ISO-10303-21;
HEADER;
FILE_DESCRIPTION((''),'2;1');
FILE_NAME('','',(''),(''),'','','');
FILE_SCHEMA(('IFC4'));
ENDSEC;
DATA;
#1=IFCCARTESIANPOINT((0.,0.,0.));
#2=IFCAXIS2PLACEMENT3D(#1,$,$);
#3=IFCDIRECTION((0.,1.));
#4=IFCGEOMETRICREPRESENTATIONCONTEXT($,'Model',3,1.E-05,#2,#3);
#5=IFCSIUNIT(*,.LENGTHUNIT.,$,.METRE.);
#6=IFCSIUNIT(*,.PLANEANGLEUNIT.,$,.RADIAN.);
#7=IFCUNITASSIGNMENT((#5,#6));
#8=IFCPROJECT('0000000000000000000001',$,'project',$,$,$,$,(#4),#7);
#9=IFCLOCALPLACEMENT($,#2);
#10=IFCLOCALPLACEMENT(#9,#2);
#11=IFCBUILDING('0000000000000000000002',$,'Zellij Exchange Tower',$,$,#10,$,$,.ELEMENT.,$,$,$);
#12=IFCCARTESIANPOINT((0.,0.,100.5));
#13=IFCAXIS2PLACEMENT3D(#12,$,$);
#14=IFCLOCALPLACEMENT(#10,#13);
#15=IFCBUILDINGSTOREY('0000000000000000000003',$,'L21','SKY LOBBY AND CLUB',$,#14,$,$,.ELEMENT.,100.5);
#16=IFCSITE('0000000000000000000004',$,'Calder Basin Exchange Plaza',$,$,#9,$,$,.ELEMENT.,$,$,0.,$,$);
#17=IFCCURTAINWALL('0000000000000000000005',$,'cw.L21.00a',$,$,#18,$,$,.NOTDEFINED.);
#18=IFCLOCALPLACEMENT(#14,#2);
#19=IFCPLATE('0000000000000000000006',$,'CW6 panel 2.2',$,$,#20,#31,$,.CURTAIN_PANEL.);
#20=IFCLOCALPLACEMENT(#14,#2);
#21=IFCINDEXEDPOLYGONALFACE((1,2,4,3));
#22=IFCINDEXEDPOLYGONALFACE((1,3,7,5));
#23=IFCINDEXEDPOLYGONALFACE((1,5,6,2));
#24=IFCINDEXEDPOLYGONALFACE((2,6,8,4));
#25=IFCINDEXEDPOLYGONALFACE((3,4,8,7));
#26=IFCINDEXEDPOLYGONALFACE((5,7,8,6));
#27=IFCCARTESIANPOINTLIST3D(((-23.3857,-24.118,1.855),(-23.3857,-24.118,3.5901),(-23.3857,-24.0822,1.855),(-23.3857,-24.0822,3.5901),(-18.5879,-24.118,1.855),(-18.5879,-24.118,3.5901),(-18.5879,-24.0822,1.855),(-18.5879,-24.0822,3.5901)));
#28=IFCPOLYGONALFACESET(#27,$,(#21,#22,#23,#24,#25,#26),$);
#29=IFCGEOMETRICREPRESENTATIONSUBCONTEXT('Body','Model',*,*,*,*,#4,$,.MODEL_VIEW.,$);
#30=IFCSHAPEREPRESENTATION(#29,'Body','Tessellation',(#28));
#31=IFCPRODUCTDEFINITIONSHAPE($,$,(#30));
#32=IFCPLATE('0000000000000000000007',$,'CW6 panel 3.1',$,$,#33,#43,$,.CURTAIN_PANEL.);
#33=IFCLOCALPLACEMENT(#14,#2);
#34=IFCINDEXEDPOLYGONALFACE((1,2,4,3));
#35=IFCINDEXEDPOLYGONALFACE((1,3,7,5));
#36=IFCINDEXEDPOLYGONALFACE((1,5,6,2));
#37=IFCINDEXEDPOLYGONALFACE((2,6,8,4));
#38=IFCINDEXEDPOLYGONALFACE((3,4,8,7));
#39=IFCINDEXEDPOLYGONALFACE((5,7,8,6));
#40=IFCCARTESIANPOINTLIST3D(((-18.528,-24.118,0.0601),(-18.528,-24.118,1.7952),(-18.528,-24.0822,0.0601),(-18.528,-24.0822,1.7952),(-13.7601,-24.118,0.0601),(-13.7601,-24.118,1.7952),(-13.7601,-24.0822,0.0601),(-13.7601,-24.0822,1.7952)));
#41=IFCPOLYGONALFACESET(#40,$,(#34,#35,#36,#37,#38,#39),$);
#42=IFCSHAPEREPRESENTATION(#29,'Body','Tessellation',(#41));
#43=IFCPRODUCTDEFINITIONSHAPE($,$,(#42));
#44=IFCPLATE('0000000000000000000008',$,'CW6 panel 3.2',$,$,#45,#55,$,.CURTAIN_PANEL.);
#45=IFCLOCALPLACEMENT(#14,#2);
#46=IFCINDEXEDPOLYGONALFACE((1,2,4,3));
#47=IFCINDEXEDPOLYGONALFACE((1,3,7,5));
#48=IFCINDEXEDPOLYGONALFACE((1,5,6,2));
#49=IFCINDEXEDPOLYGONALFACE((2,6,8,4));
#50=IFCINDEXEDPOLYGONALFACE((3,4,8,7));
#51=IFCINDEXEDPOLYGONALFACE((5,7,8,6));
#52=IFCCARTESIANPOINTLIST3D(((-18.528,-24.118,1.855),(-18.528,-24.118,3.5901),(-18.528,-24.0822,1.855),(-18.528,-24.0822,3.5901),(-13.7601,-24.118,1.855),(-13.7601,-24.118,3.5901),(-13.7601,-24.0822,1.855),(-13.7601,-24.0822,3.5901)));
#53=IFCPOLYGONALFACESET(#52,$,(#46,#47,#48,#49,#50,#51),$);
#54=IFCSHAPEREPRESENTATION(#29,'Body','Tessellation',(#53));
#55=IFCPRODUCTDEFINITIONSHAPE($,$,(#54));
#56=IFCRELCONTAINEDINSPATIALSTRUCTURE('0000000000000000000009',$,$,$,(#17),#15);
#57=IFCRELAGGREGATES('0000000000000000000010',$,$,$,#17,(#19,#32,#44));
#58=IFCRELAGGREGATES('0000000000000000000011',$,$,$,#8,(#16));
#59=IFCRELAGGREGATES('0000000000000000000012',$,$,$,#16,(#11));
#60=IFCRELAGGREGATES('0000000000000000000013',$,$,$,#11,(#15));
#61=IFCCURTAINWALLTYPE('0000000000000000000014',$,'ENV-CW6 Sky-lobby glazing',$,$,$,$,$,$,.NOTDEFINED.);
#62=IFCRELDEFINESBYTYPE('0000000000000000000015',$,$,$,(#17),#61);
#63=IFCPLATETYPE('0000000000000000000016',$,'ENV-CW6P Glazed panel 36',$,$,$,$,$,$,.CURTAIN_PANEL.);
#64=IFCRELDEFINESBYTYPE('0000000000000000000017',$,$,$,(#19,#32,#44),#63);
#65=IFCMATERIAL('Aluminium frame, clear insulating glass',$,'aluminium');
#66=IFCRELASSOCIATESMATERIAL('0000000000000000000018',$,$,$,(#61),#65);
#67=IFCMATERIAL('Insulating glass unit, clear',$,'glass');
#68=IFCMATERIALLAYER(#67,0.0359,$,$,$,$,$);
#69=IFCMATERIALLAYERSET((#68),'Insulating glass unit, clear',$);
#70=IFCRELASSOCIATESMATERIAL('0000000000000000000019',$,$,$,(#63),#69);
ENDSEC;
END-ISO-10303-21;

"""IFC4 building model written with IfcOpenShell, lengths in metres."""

from ifc_helpers import new_model, si_unit, direction, frame, origin, origin_2d, place, context, subcontext, project, spatial, rectangle, extrude, material, layer, layer_set, type_object, element, aggregate, save


model = new_model("IFC4")

# Units and contexts
model_context = context("Model", 3, precision=1e-05, world=origin(), true_north=direction((0.0, 1.0)))
body_context = subcontext(model_context, "Body", "Model", "MODEL_VIEW")
ifc_project = project(units=[si_unit("LENGTHUNIT", "METRE"), si_unit("PLANEANGLEUNIT", "RADIAN")], contexts=[model_context])

# Site, building, storey
site_placement = place(None, origin())
site = spatial("IfcSite", under=ifc_project, at=site_placement, Name="Calder Basin Exchange Plaza", CompositionType="ELEMENT", RefElevation=0.0)
building_placement = place(site_placement, origin())
building = spatial("IfcBuilding", under=site, at=building_placement, Name="Zellij Exchange Tower", CompositionType="ELEMENT")
storey_placement = place(building_placement, frame((0.0, 0.0, 100.5)))
storey = spatial("IfcBuildingStorey", under=building, at=storey_placement, Name="L21", Description="SKY LOBBY AND CLUB", CompositionType="ELEMENT", Elevation=100.5)

# Curtain wall
ifc_material_1 = material(Name="Aluminium frame, clear insulating glass", Category="aluminium")
curtain_wall_type = type_object("IfcCurtainWallType", Name="ENV-CW6 Sky-lobby glazing", PredefinedType="NOTDEFINED", material=ifc_material_1)
curtain_wall_placement = place(storey_placement, origin())
curtain_wall = element("IfcCurtainWall", 1, at=curtain_wall_placement, inside=storey, type_object=curtain_wall_type, Name="cw.L21.00a", PredefinedType="NOTDEFINED")

# Plates
ifc_material_2 = material(Name="Insulating glass unit, clear", Category="glass")
ifc_layer = layer(ifc_material_2, 0.0359)
ifc_layer_set = layer_set([ifc_layer], Name="Insulating glass unit, clear")
plate_type = type_object("IfcPlateType", Name="ENV-CW6P Glazed panel 36", PredefinedType="CURTAIN_PANEL", material=ifc_layer_set)
plate_1_placement = place(storey_placement, frame((-20.9868, -24.1001, 1.855), z_axis=(0.0, 0.0, 1.0), x_axis=(1.0, 0.0, 0.0)))
plate_1 = element("IfcPlate", 2, at=plate_1_placement, type_object=plate_type, Name="CW6 panel 2.2", PredefinedType="CURTAIN_PANEL", context=body_context, shape_type="SweptSolid", body=[
    extrude(rectangle(XDim=4.7979, YDim=0.0359, at=origin_2d()), origin(), (0.0, 0.0, 1.0), 1.7351),
])
plate_2_placement = place(storey_placement, frame((-16.144, -24.1001, 0.0601), z_axis=(0.0, 0.0, 1.0), x_axis=(1.0, 0.0, 0.0)))
plate_2 = element("IfcPlate", 3, at=plate_2_placement, type_object=plate_type, Name="CW6 panel 3.1", PredefinedType="CURTAIN_PANEL", context=body_context, shape_type="SweptSolid", body=[
    extrude(rectangle(XDim=4.7678, YDim=0.0359, at=origin_2d()), origin(), (0.0, 0.0, 1.0), 1.7351),
])
plate_3_placement = place(storey_placement, frame((-16.144, -24.1001, 1.855), z_axis=(0.0, 0.0, 1.0), x_axis=(1.0, 0.0, 0.0)))
plate_3 = element("IfcPlate", 4, at=plate_3_placement, type_object=plate_type, Name="CW6 panel 3.2", PredefinedType="CURTAIN_PANEL", context=body_context, shape_type="SweptSolid", body=[
    extrude(rectangle(XDim=4.7678, YDim=0.0359, at=origin_2d()), origin(), (0.0, 0.0, 1.0), 1.7351),
])
aggregate(curtain_wall, [plate_1, plate_2, plate_3])

save(model, "model.ifc")
